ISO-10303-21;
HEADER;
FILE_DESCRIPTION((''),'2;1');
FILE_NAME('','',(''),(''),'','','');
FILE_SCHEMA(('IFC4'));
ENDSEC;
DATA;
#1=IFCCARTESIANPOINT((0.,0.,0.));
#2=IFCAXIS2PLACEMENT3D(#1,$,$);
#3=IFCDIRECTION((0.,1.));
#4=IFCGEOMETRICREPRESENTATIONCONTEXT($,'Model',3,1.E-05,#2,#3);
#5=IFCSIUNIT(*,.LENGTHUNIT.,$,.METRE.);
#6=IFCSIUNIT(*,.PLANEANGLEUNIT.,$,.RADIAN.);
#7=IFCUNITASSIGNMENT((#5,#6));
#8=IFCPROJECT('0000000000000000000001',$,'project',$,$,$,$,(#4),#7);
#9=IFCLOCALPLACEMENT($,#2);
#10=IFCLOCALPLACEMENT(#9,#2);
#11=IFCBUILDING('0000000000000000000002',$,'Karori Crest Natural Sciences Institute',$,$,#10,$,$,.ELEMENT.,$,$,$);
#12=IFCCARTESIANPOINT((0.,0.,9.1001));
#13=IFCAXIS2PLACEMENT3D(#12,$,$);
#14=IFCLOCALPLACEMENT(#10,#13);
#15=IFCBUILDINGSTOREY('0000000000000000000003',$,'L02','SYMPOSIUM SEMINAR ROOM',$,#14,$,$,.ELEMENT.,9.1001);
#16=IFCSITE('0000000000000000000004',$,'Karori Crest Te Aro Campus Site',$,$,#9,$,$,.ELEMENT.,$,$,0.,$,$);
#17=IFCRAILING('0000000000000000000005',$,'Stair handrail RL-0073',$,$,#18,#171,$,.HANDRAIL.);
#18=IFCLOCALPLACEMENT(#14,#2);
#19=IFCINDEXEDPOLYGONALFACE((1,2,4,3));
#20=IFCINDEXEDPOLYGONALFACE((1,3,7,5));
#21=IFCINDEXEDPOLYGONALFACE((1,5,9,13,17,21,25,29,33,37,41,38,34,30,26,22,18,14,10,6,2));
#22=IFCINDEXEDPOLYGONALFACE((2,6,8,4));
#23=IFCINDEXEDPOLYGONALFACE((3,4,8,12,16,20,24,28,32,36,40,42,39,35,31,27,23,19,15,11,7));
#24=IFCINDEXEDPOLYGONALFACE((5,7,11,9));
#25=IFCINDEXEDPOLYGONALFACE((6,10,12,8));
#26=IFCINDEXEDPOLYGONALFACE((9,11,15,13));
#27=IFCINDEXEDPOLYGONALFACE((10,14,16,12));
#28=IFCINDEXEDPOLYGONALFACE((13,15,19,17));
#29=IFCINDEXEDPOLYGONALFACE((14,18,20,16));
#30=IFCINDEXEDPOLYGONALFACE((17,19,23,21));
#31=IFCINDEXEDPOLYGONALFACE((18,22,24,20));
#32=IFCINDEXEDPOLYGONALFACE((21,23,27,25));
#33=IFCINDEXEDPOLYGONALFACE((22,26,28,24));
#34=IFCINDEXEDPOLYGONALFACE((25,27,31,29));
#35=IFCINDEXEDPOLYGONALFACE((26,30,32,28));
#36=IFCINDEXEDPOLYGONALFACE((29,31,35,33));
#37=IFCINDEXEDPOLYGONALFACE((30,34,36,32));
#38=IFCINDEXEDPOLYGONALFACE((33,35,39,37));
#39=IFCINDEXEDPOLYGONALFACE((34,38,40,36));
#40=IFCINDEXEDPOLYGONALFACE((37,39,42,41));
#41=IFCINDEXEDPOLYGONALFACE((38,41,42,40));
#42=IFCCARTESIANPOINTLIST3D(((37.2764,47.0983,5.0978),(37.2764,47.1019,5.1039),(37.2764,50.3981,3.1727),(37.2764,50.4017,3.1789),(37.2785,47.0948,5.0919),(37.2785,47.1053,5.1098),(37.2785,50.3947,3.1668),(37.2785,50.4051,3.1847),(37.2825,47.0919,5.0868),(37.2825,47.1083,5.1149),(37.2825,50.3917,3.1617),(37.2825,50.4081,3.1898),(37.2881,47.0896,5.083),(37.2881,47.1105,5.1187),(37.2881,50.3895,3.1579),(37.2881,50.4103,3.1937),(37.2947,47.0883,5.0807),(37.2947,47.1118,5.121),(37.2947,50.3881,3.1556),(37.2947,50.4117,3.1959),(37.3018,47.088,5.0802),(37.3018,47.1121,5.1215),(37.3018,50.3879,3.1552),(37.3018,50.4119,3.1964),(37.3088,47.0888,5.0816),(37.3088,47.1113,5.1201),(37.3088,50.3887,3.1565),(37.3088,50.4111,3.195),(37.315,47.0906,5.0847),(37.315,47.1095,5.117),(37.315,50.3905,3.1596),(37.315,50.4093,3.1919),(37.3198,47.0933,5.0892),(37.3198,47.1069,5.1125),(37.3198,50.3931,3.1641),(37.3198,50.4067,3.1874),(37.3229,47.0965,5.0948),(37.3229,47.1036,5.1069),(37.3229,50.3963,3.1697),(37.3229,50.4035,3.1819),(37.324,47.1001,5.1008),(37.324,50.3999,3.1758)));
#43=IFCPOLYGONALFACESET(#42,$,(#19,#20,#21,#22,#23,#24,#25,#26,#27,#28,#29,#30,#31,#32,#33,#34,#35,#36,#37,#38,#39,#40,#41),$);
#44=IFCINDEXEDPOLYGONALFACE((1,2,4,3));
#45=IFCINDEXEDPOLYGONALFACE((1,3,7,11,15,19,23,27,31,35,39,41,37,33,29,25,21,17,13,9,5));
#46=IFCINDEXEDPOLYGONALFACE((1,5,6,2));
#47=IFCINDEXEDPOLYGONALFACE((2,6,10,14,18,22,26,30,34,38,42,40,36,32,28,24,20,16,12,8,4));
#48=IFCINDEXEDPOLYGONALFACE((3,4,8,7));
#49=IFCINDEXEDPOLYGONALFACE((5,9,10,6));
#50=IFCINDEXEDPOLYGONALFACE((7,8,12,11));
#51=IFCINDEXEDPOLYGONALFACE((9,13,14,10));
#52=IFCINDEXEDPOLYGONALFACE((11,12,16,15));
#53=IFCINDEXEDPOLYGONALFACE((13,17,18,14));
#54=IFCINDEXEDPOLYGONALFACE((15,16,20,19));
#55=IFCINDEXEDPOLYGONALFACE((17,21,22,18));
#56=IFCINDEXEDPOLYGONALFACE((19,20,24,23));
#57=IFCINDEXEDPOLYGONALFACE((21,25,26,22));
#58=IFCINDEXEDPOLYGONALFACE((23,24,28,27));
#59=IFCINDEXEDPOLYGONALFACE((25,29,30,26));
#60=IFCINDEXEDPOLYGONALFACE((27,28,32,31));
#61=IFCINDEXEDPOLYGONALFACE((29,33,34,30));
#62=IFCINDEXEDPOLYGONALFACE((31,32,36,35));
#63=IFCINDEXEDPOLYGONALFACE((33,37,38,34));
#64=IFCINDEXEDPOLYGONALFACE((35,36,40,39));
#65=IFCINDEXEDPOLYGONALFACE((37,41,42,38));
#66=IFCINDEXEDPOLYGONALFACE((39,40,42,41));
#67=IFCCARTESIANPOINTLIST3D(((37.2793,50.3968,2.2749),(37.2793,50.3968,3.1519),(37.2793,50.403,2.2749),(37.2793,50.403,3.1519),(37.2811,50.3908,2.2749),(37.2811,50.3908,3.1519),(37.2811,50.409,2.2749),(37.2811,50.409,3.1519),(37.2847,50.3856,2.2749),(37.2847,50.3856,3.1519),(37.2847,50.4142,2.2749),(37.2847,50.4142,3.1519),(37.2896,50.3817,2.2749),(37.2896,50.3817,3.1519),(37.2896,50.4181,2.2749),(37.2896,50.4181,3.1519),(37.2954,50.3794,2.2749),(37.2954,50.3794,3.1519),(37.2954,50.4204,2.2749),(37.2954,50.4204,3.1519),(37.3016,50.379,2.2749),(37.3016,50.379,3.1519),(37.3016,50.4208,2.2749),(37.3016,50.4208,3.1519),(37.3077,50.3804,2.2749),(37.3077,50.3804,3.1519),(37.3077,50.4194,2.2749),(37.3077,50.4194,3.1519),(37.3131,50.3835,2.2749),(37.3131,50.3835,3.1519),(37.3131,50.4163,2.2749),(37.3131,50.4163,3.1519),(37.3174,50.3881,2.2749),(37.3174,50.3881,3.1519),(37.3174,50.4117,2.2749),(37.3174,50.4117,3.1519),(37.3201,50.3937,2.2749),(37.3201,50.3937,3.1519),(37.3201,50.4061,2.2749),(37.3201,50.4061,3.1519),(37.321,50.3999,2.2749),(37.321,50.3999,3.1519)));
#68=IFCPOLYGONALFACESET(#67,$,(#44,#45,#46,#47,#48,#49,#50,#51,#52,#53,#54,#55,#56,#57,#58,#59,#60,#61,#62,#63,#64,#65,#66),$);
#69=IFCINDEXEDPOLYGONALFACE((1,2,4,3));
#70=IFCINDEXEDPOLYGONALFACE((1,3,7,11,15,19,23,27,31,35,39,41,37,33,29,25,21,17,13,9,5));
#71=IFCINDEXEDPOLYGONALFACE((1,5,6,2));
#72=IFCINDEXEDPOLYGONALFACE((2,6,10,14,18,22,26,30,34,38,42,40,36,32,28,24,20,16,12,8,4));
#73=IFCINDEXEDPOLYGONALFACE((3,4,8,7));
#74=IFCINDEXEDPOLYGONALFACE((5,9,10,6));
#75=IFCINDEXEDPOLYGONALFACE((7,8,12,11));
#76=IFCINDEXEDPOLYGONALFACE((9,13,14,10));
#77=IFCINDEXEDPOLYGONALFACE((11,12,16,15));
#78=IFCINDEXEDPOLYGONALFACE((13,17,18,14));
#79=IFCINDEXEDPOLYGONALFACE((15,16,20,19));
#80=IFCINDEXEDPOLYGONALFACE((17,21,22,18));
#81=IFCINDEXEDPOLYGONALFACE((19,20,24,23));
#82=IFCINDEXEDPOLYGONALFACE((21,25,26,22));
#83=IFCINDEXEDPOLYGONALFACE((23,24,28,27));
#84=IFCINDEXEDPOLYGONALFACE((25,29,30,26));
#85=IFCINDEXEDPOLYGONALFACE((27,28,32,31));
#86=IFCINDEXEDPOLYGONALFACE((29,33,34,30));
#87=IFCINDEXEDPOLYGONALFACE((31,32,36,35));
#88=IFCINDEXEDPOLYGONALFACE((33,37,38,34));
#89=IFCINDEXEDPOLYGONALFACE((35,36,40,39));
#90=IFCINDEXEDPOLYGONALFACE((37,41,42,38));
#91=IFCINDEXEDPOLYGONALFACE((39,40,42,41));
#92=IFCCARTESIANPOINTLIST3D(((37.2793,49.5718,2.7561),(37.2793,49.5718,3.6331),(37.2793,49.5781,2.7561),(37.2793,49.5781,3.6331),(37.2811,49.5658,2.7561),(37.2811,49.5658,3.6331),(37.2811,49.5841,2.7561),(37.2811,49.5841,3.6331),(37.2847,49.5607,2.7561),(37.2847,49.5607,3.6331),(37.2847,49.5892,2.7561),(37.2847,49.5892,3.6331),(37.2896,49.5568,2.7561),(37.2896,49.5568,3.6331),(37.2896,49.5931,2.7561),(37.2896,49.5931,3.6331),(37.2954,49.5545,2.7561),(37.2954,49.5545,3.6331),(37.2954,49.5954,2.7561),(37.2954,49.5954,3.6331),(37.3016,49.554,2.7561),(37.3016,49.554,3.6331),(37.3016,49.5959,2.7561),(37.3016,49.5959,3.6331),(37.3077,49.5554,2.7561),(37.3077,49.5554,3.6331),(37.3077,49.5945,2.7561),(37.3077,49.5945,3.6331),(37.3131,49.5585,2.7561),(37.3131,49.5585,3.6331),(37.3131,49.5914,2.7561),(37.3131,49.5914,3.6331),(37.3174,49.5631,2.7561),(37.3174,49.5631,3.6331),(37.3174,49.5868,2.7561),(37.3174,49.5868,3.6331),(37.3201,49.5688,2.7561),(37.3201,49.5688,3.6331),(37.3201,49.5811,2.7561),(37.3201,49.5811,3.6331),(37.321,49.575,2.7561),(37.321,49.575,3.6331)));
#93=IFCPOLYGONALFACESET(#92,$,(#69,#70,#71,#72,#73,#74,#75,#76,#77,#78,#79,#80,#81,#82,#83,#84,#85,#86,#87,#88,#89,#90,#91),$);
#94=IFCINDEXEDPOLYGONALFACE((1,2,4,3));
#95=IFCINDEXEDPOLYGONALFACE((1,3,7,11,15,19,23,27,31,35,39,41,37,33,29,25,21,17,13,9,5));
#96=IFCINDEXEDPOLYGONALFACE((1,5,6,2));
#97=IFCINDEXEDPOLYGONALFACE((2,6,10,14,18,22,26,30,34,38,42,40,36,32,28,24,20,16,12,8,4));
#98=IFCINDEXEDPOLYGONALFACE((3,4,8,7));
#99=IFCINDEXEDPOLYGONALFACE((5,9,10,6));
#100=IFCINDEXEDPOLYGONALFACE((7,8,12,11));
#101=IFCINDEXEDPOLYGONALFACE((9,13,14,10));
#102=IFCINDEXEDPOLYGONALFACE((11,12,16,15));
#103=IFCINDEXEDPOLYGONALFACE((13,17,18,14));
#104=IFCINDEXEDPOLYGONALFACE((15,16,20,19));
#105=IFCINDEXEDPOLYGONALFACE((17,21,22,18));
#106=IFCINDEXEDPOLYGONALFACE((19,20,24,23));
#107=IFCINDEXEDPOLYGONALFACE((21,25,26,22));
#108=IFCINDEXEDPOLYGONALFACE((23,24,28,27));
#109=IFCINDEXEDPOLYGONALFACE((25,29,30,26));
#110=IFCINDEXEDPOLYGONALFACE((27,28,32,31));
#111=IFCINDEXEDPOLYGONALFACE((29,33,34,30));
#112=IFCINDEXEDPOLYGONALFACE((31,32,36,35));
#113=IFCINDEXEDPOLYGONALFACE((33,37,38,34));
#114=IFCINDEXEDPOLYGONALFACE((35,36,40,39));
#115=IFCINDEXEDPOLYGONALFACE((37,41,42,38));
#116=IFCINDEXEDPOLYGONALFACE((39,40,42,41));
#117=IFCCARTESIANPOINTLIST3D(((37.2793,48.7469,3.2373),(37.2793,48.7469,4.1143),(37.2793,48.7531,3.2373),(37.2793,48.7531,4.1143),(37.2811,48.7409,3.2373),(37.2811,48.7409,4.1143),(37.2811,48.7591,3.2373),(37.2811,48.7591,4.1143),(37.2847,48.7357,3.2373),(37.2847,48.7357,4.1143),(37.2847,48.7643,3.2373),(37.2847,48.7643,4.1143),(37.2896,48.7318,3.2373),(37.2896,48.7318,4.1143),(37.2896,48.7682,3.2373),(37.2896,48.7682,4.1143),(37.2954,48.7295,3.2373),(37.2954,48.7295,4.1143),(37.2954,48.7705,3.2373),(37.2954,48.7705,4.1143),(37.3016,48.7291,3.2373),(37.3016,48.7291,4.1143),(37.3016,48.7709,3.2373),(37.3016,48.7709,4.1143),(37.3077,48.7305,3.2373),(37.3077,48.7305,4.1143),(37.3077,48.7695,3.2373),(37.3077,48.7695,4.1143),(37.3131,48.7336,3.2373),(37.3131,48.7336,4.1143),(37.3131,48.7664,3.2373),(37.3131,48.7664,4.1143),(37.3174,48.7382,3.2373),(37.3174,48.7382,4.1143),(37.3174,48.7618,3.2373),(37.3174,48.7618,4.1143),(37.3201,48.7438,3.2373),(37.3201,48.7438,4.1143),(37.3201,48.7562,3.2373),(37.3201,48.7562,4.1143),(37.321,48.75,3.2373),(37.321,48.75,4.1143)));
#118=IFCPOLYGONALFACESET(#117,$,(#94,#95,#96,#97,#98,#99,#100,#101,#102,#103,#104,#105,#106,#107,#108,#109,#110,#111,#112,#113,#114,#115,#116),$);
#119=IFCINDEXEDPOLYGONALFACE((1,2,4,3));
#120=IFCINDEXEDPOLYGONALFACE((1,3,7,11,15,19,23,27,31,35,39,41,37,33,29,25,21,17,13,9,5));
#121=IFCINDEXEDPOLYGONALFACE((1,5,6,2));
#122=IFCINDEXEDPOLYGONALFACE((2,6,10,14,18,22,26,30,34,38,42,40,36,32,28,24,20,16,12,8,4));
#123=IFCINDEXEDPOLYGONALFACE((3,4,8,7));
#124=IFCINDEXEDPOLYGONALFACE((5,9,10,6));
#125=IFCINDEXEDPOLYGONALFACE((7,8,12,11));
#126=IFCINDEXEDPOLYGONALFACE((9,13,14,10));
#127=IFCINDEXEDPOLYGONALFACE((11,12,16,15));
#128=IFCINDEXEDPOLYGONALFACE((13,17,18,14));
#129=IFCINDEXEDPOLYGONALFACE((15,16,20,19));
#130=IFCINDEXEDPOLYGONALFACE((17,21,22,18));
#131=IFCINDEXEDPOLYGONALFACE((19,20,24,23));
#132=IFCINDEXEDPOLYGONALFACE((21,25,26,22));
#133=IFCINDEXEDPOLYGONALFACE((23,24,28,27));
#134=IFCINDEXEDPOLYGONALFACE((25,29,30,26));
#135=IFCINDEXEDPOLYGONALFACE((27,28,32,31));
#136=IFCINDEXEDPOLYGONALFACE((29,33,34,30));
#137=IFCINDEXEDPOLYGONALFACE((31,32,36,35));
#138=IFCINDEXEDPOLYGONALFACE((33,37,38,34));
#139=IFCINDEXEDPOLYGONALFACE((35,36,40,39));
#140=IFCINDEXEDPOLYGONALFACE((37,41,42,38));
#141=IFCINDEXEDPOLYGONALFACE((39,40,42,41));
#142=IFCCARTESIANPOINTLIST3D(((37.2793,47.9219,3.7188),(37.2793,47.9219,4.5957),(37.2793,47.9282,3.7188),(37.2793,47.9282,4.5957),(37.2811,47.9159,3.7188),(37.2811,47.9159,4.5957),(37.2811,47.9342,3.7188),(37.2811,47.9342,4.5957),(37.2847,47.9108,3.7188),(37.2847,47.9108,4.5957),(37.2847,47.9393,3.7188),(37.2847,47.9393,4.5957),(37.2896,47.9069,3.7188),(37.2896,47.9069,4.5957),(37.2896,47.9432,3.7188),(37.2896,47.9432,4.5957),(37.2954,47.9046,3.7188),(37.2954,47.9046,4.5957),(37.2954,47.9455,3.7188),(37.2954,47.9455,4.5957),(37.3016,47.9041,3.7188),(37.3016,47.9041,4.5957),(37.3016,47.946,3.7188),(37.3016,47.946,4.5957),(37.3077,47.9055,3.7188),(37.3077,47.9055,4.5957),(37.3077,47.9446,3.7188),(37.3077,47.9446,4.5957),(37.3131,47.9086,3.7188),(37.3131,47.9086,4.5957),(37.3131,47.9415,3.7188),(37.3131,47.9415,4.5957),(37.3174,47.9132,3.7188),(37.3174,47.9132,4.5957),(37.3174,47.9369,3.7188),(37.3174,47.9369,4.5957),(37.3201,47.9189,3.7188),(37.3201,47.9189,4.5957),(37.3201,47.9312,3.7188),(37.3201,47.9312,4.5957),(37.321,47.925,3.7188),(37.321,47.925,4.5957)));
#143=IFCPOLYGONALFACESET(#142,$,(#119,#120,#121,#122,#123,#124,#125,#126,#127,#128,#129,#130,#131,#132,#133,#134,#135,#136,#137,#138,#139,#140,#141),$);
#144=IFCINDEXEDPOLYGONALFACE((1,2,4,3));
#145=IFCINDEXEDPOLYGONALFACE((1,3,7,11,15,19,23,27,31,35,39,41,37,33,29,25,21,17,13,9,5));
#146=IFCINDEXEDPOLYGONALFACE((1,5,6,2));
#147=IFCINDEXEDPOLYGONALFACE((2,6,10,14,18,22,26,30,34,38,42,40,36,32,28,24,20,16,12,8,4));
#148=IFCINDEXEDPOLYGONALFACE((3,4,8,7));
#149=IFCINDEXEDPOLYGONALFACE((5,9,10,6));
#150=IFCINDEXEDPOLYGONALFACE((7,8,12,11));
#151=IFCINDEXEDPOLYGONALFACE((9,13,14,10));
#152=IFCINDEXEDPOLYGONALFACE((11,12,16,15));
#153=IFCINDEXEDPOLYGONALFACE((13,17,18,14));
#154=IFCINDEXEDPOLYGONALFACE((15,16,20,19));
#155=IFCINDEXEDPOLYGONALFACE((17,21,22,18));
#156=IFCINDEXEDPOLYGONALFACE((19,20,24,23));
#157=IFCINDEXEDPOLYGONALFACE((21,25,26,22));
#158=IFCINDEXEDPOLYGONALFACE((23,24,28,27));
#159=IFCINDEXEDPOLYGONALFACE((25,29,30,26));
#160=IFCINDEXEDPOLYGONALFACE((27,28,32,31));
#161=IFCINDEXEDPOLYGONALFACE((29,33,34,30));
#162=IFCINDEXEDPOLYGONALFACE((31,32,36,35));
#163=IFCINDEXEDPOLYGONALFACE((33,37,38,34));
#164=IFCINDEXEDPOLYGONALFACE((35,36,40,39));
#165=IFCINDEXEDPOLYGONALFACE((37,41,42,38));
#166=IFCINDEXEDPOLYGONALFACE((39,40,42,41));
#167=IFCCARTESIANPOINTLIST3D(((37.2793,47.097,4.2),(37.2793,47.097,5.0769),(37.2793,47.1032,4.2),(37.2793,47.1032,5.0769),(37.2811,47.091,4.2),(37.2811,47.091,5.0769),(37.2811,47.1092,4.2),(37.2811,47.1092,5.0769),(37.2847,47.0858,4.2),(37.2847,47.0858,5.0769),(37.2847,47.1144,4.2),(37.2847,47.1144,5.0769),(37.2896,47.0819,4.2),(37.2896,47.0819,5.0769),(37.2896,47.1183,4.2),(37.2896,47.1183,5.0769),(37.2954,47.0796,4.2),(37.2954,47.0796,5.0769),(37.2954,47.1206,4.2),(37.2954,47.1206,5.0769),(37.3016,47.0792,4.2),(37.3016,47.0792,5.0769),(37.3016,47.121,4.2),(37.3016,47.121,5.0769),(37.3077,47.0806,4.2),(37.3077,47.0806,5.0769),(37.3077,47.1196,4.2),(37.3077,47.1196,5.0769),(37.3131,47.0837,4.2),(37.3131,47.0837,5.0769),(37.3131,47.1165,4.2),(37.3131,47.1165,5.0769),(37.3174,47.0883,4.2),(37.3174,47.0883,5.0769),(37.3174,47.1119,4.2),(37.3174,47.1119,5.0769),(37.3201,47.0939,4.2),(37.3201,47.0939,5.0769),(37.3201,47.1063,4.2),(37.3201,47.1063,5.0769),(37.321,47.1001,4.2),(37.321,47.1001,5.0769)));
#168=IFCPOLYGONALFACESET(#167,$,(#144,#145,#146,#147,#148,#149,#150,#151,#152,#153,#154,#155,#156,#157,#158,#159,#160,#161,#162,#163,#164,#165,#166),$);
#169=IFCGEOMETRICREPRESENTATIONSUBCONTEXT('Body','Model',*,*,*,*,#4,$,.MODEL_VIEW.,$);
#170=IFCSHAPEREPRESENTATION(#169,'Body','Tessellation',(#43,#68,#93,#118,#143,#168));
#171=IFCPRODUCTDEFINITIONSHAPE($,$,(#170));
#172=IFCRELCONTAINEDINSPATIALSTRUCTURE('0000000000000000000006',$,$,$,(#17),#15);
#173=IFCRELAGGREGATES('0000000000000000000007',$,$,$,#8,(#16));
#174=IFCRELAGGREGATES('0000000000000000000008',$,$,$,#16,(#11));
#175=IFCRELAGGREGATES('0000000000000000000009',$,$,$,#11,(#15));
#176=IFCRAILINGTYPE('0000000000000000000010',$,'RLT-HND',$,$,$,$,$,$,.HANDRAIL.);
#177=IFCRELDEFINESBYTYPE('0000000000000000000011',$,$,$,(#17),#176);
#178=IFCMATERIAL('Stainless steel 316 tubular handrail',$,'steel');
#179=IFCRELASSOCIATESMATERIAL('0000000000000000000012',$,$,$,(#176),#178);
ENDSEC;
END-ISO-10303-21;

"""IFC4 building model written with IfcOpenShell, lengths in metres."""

from ifc_helpers import new_model, si_unit, direction, frame, origin, origin_2d, place, context, subcontext, project, spatial, circle, extrude, material, type_object, element, save


model = new_model("IFC4")

# Units and contexts
model_context = context("Model", 3, precision=1e-05, world=origin(), true_north=direction((0.0, 1.0)))
body_context = subcontext(model_context, "Body", "Model", "MODEL_VIEW")
ifc_project = project(units=[si_unit("LENGTHUNIT", "METRE"), si_unit("PLANEANGLEUNIT", "RADIAN")], contexts=[model_context])

# Site, building, storey
site_placement = place(None, origin())
site = spatial("IfcSite", under=ifc_project, at=site_placement, Name="Karori Crest Te Aro Campus Site", CompositionType="ELEMENT", RefElevation=0.0)
building_placement = place(site_placement, origin())
building = spatial("IfcBuilding", under=site, at=building_placement, Name="Karori Crest Natural Sciences Institute", CompositionType="ELEMENT")
storey_placement = place(building_placement, frame((0.0, 0.0, 9.1001)))
storey = spatial("IfcBuildingStorey", under=building, at=storey_placement, Name="L02", Description="SYMPOSIUM SEMINAR ROOM", CompositionType="ELEMENT", Elevation=9.1001)

# Railing
ifc_material_1 = material(Name="Stainless steel 316 tubular handrail", Category="steel")
railing_type_1 = type_object("IfcRailingType", Name="RLT-HND", PredefinedType="HANDRAIL", material=ifc_material_1)
railing_1_placement = place(storey_placement, frame((37.3, 50.3999, 2.2749)))
element("IfcRailing", 1, at=railing_1_placement, inside=storey, type_object=railing_type_1, Name="Stair handrail RL-0073", PredefinedType="HANDRAIL", context=body_context, shape_type="SweptSolid", body=[
    extrude(circle(Radius=0.0239, at=origin_2d()), frame((0.0, 0.0, 0.9009), z_axis=(0.0, -0.86376, 0.503903), x_axis=(1.0, 0.0, 0.0)), (0.0, 0.0, 1.0), 3.8203),
    extrude(circle(Radius=0.021, at=origin_2d()), origin(), (0.0, 0.0, 1.0), 0.877),
    extrude(circle(Radius=0.021, at=origin_2d()), frame((0.0, -0.825, 0.4812)), (0.0, 0.0, 1.0), 0.877),
    extrude(circle(Radius=0.021, at=origin_2d()), frame((0.0, -1.6499, 0.9624)), (0.0, 0.0, 1.0), 0.877),
    extrude(circle(Radius=0.021, at=origin_2d()), frame((0.0, -2.4749, 1.4438)), (0.0, 0.0, 1.0), 0.877),
    extrude(circle(Radius=0.021, at=origin_2d()), frame((0.0, -3.2998, 1.925)), (0.0, 0.0, 1.0), 0.877),
])

save(model, "model.ifc")
